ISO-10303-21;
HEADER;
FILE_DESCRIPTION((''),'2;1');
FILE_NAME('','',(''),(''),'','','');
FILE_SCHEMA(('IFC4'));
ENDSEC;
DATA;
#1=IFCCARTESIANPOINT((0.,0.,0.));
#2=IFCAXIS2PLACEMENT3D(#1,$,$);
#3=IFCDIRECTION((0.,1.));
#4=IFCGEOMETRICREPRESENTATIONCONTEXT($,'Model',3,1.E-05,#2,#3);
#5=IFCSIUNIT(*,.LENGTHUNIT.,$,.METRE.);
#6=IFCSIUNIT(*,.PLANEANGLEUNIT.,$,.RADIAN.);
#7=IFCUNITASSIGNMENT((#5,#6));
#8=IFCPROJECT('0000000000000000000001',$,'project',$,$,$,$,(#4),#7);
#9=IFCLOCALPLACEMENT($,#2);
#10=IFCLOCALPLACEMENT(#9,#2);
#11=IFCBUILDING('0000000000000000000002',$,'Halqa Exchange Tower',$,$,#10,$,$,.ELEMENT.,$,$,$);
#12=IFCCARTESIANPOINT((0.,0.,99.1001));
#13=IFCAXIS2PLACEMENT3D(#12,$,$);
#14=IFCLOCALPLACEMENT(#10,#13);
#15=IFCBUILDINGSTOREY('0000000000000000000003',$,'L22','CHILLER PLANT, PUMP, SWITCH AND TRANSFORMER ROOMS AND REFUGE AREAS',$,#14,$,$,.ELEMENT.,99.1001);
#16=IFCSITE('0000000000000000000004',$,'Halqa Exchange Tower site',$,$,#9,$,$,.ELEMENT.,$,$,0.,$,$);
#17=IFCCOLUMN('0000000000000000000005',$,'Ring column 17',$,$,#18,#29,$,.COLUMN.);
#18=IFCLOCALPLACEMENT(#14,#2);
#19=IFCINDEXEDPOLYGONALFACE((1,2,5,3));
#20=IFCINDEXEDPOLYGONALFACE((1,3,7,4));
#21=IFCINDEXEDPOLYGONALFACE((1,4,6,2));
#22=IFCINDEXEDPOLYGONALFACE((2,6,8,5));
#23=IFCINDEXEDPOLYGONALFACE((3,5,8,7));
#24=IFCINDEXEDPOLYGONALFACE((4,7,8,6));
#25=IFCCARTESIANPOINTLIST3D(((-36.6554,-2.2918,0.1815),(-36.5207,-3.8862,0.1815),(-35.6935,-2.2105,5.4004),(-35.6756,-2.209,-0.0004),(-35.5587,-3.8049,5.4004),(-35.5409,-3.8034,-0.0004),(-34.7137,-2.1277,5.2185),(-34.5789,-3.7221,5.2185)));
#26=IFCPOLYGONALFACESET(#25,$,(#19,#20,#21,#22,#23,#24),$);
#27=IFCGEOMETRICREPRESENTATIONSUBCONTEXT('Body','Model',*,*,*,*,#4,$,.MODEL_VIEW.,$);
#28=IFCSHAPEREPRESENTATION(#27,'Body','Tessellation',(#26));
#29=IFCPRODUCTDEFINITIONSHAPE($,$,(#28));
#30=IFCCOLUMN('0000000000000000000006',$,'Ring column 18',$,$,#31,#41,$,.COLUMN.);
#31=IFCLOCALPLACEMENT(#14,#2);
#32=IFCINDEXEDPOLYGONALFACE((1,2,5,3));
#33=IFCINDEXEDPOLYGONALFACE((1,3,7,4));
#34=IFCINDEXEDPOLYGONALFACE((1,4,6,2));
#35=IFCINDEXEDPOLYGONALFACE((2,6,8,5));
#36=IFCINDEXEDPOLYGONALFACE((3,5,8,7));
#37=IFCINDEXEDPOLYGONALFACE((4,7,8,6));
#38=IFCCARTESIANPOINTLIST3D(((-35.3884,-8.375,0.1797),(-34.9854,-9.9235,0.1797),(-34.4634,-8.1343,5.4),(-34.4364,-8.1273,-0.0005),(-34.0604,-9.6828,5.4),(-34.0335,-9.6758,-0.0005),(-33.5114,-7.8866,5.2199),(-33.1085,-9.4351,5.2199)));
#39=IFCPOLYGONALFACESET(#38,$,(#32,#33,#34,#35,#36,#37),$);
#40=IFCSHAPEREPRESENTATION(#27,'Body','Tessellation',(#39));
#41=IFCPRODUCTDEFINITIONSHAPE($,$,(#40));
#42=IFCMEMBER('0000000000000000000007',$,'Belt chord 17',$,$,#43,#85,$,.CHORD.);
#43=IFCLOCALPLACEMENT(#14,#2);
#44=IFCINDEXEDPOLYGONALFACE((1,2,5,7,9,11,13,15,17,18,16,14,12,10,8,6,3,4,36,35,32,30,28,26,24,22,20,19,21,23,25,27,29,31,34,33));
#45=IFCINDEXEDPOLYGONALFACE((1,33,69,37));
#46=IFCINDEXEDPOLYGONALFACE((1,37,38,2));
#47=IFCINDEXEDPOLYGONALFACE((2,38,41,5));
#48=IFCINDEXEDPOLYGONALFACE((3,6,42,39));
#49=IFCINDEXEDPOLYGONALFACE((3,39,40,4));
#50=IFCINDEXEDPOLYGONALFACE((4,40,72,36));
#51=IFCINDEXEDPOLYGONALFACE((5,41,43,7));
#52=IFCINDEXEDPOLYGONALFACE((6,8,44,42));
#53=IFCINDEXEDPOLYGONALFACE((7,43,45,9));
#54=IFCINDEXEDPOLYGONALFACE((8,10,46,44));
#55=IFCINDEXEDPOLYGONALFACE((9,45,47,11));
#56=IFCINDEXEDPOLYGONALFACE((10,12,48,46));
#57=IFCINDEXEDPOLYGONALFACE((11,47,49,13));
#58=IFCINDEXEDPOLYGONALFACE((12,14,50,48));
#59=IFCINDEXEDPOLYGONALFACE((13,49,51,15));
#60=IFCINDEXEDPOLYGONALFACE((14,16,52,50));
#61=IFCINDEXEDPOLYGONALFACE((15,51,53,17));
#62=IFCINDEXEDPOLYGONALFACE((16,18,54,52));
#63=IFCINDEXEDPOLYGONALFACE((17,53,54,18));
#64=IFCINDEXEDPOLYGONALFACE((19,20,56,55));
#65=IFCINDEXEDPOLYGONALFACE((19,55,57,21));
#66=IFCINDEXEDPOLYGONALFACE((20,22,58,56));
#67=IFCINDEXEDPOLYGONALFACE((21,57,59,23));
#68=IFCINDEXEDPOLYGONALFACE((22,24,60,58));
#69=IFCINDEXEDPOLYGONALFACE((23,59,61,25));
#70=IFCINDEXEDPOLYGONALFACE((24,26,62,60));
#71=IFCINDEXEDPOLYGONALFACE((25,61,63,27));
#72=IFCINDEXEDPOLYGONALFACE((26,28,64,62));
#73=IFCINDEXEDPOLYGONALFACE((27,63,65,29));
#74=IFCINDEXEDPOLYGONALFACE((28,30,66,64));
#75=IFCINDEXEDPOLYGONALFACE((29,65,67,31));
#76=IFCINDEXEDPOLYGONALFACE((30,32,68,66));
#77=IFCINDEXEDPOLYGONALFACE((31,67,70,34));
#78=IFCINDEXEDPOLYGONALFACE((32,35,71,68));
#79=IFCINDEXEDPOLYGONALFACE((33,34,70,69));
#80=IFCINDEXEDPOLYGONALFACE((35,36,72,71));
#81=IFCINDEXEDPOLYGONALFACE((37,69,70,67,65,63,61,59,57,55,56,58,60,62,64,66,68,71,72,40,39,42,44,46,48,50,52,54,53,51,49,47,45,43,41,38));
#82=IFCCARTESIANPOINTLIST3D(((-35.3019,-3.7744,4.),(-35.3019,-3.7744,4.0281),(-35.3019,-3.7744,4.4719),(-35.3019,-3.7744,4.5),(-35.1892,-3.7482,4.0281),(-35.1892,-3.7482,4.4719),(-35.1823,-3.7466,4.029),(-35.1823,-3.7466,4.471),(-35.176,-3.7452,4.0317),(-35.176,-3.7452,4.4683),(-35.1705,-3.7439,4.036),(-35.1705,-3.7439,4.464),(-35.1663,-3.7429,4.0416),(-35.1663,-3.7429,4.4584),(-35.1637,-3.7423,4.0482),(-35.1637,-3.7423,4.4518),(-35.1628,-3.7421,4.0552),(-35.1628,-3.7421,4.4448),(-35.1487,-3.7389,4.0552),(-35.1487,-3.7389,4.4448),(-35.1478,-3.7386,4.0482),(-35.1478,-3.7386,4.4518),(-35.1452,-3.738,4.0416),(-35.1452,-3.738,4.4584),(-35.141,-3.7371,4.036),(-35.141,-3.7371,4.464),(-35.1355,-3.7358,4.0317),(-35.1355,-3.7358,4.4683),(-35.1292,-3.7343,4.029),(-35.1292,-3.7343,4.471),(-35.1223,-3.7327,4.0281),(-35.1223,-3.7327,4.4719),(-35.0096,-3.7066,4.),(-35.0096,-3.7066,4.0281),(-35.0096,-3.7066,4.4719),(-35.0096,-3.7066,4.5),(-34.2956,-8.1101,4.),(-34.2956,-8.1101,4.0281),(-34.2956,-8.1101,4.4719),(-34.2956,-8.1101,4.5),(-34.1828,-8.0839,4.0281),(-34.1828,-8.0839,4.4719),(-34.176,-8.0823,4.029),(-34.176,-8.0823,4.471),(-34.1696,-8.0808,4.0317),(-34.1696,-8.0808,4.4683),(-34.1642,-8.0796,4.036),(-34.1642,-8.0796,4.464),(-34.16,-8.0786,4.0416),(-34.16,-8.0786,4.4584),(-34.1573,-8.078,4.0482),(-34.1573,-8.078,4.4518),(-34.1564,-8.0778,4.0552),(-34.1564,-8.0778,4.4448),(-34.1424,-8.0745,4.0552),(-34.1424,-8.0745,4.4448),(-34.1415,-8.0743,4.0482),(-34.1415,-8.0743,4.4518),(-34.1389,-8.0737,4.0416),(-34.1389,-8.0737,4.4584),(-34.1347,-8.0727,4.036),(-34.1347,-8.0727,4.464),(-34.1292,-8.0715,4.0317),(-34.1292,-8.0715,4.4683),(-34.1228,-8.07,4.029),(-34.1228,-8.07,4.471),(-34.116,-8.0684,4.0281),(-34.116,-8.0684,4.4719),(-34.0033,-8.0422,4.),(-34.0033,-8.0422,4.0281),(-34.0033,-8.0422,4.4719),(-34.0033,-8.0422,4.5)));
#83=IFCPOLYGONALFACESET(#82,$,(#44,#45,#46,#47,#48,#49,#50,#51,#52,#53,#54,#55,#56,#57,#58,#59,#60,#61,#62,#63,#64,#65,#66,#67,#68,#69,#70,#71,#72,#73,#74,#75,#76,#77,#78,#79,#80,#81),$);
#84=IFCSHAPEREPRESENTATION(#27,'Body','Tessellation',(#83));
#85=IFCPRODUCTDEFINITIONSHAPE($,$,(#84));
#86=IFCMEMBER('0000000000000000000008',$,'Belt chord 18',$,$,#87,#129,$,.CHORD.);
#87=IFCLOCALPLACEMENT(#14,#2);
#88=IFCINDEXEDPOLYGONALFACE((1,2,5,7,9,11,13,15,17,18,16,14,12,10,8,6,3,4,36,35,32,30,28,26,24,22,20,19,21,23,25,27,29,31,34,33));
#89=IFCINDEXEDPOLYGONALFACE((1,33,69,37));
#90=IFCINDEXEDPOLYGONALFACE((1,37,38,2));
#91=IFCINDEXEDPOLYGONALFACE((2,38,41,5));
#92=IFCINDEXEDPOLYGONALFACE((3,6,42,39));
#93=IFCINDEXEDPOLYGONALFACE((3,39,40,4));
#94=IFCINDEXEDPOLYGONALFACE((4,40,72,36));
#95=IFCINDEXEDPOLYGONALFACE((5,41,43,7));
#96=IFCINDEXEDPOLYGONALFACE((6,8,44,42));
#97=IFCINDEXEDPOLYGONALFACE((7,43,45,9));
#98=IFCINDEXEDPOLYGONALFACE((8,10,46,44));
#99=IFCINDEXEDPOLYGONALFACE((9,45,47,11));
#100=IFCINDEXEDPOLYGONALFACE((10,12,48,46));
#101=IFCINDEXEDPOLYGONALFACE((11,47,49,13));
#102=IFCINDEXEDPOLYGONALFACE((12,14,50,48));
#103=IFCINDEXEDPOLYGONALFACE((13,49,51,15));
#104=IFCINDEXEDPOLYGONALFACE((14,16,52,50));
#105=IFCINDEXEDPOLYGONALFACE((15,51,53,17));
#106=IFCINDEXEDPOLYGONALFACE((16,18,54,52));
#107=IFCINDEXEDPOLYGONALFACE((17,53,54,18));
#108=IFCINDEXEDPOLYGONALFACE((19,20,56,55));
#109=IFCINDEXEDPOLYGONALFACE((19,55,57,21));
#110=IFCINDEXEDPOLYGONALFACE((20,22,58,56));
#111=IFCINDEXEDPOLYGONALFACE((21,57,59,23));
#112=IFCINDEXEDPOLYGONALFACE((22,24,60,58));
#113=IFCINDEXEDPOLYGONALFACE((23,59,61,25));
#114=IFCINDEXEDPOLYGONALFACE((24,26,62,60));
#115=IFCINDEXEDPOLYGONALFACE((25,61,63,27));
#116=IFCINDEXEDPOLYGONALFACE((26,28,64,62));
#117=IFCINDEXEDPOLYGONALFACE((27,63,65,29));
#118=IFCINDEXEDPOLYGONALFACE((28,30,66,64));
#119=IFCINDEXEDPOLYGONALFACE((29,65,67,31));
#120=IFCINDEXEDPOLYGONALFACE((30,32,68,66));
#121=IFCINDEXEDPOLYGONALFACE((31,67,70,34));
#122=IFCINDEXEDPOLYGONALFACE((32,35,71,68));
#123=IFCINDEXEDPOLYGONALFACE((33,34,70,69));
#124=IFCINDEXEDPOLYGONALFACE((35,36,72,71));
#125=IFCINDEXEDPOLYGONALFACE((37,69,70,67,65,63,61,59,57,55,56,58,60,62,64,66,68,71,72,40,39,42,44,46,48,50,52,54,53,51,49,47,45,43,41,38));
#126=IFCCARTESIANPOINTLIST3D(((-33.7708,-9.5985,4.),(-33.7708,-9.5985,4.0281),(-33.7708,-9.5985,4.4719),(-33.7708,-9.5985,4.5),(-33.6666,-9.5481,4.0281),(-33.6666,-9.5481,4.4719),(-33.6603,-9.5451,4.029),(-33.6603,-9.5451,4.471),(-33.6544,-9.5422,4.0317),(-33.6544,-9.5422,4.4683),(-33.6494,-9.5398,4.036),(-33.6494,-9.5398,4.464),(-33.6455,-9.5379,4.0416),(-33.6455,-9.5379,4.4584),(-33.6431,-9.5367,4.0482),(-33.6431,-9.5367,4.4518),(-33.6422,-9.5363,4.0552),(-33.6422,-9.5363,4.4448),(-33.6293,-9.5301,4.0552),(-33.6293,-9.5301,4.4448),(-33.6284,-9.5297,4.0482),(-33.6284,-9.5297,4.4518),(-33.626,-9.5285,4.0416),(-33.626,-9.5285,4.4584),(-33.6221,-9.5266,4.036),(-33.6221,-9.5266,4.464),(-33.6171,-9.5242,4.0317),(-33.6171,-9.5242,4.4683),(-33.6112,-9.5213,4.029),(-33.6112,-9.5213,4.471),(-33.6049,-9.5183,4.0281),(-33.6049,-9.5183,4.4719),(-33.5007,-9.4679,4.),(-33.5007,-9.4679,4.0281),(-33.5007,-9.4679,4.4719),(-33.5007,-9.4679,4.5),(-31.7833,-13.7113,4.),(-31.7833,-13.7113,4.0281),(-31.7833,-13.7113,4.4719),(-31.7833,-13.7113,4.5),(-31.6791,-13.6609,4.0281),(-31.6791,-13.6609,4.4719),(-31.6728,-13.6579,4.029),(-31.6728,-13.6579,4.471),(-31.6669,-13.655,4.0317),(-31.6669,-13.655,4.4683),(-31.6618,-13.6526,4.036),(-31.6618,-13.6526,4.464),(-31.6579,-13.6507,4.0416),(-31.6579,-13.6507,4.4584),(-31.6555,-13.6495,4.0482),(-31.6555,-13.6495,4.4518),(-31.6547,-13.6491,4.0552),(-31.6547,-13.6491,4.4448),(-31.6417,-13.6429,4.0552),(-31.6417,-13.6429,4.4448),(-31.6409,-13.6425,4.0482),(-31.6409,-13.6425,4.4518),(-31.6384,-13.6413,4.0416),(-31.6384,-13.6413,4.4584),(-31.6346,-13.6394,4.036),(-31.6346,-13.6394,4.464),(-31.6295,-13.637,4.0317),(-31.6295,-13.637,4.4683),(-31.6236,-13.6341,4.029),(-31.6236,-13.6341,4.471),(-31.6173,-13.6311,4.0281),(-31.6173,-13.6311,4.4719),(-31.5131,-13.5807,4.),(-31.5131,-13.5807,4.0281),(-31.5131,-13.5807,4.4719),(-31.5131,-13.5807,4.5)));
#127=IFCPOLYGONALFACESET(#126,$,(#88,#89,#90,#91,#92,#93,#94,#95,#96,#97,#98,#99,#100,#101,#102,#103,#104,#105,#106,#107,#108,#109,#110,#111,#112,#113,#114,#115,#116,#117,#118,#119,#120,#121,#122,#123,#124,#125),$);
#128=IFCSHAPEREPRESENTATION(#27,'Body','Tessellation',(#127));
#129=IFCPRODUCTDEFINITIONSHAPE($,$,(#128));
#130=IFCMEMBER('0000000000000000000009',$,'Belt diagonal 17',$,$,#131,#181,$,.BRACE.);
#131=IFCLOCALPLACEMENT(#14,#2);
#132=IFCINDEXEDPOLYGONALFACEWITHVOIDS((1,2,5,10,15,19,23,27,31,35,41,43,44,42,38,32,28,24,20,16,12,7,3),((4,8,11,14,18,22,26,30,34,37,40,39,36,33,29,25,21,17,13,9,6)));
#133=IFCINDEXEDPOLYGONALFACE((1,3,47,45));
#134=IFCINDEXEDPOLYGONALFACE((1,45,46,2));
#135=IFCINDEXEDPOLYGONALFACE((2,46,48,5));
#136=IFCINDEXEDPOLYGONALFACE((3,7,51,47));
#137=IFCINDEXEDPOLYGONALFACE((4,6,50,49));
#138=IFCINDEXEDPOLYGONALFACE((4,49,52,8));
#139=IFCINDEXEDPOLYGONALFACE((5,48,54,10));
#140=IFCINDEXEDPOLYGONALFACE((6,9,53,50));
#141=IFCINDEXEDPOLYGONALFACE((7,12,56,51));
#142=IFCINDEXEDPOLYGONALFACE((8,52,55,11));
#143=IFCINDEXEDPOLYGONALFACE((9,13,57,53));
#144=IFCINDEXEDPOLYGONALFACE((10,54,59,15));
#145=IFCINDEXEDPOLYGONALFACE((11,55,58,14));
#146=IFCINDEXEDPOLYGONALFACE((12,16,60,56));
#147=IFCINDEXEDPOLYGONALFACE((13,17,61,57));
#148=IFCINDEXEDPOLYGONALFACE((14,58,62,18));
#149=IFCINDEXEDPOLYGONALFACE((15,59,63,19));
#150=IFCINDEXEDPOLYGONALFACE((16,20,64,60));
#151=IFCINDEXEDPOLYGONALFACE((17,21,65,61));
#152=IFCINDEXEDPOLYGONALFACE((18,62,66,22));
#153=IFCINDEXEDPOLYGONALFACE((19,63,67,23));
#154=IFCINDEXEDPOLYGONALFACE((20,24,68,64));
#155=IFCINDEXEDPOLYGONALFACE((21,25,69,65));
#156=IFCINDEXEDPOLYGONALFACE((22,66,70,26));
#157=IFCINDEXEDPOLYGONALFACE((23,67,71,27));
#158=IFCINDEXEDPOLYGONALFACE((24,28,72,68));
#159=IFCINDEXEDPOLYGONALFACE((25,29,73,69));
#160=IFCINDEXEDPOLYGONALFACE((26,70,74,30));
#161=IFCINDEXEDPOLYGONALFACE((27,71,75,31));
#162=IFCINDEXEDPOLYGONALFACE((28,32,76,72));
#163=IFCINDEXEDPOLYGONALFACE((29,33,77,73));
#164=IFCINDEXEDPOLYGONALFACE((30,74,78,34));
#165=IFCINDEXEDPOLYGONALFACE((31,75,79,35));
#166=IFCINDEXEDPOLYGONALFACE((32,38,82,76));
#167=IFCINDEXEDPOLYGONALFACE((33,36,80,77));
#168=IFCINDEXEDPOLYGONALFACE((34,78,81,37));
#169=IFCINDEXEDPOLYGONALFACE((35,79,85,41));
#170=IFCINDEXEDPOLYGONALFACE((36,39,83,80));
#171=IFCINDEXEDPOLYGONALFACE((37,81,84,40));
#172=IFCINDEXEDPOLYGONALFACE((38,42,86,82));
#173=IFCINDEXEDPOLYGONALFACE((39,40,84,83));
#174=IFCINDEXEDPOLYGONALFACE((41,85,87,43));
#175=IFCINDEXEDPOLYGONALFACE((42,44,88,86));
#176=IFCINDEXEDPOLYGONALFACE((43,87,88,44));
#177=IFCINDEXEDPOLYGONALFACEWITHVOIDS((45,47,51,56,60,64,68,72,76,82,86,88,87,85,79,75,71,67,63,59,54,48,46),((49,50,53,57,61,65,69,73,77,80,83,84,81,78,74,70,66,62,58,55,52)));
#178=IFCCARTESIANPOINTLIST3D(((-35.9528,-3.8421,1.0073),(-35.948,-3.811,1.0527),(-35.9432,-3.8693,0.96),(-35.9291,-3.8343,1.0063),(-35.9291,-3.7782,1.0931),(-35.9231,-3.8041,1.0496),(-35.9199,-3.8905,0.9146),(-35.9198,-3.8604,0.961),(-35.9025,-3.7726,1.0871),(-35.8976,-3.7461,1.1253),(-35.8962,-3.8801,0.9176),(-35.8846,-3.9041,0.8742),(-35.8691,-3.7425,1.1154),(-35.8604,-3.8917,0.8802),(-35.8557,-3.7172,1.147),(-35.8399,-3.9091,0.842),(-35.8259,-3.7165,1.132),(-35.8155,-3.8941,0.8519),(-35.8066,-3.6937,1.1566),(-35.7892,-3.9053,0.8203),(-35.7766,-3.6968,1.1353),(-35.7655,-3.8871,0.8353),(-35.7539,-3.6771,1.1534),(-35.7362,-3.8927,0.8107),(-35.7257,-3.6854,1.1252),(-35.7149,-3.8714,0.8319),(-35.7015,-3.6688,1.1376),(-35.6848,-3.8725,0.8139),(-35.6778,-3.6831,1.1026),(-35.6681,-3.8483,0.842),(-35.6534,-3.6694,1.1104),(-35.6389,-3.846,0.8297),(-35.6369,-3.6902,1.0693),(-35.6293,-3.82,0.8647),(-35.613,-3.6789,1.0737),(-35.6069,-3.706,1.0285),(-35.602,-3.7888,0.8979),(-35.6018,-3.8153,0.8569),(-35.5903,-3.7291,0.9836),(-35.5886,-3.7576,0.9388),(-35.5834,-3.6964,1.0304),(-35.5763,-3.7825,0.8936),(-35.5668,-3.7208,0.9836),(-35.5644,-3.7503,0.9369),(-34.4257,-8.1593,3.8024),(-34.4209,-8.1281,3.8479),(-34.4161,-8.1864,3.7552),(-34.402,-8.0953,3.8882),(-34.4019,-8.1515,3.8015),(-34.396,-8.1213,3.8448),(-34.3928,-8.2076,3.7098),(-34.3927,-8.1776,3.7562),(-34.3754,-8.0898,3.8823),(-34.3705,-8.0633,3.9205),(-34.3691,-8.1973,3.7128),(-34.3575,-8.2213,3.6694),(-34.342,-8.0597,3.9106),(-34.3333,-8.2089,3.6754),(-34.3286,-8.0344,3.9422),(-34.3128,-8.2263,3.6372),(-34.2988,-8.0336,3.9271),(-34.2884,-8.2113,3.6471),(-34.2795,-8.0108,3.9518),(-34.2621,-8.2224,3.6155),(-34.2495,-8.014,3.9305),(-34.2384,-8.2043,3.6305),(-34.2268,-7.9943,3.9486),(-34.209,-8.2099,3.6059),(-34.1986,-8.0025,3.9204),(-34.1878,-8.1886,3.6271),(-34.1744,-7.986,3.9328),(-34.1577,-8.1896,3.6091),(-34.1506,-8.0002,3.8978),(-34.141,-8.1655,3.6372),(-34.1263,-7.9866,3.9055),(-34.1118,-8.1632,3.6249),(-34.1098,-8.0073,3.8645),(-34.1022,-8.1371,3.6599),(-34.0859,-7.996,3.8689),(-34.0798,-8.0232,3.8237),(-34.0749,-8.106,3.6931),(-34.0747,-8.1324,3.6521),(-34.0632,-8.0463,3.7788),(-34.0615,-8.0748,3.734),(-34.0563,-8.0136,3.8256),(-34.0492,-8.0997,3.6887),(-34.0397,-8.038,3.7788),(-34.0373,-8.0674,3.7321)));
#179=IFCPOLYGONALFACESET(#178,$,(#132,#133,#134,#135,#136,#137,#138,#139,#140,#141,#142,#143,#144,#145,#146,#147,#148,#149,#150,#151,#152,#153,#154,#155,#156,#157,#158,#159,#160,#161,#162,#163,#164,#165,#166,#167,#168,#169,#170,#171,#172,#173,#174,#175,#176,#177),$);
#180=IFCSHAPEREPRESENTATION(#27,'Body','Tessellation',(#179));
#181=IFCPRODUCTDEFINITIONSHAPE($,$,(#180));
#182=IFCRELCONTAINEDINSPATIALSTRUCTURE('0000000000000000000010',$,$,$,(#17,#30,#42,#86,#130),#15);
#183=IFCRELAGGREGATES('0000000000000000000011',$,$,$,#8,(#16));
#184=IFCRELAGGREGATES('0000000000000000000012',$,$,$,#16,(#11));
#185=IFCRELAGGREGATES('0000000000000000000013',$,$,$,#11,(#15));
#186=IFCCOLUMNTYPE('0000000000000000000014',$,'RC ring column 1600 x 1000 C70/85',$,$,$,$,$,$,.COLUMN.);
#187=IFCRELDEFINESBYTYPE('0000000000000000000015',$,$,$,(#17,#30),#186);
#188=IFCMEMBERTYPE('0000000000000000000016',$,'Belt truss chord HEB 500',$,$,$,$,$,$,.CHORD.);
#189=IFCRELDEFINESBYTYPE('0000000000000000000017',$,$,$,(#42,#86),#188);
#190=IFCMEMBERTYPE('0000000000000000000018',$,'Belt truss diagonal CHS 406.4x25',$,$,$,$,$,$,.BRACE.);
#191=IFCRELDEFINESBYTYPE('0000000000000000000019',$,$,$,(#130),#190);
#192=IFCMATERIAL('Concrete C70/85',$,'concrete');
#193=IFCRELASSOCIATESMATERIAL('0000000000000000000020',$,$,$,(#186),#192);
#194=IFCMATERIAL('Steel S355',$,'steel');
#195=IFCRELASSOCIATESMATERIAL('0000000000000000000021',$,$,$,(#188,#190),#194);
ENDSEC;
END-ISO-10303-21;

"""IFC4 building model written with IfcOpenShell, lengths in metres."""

from ifc_helpers import new_model, si_unit, direction, frame, origin, origin_2d, place, context, subcontext, project, spatial, rectangle, hollow_circle, i_section, extrude, material, material_profile, profile_set, type_object, element, save


model = new_model("IFC4")

# Units and contexts
model_context = context("Model", 3, precision=1e-05, world=origin(), true_north=direction((0.0, 1.0)))
body_context = subcontext(model_context, "Body", "Model", "MODEL_VIEW")
ifc_project = project(units=[si_unit("LENGTHUNIT", "METRE"), si_unit("PLANEANGLEUNIT", "RADIAN")], contexts=[model_context])

# Site, building, storey
site_placement = place(None, origin())
site = spatial("IfcSite", under=ifc_project, at=site_placement, Name="Halqa Exchange Tower site", CompositionType="ELEMENT", RefElevation=0.0)
building_placement = place(site_placement, origin())
building = spatial("IfcBuilding", under=site, at=building_placement, Name="Halqa Exchange Tower", CompositionType="ELEMENT")
storey_placement = place(building_placement, frame((0.0, 0.0, 99.1001)))
storey = spatial("IfcBuildingStorey", under=building, at=storey_placement, Name="L22", Description="CHILLER PLANT, PUMP, SWITCH AND TRANSFORMER ROOMS AND REFUGE AREAS", CompositionType="ELEMENT", Elevation=99.1001)

# Columns
ifc_material_1 = material(Name="Concrete C70/85", Category="concrete")
ifc_material_profile_1 = material_profile(ifc_material_1, rectangle(XDim=1.6001, YDim=1.0, at=origin_2d()), Name="1600 x 1000")
ifc_profile_set_1 = profile_set([ifc_material_profile_1], Name="Concrete C70/85")
column_type = type_object("IfcColumnType", Name="RC ring column 1600 x 1000 C70/85", PredefinedType="COLUMN", material=ifc_profile_set_1)
column_1_placement = place(storey_placement, frame((-36.0981, -3.0476, 0.0906), z_axis=(0.181244, 0.015318, 0.983319), x_axis=(-0.084218, 0.996447, 0.0)))
element("IfcColumn", 1, at=column_1_placement, inside=storey, type_object=column_type, Name="Ring column 17", PredefinedType="COLUMN", context=body_context, shape_type="SweptSolid", body=[
    extrude(rectangle(XDim=1.6001, YDim=1.0, at=origin_2d()), origin(), (0.0, 0.0, 1.0), 5.3074),
])
column_2_placement = place(storey_placement, frame((-34.7109, -9.0254, 0.0896), z_axis=(0.174299, 0.045357, 0.983648), x_axis=(-0.25184, 0.967769, 0.0)))
element("IfcColumn", 2, at=column_2_placement, inside=storey, type_object=column_type, Name="Ring column 18", PredefinedType="COLUMN", context=body_context, shape_type="SweptSolid", body=[
    extrude(rectangle(XDim=1.6001, YDim=1.0, at=origin_2d()), origin(), (0.0, 0.0, 1.0), 5.3071),
])

# Members
ifc_material_2 = material(Name="Steel S355", Category="steel")
ifc_material_profile_2 = material_profile(ifc_material_2, i_section(OverallWidth=0.3, OverallDepth=0.5, WebThickness=0.0144, FlangeThickness=0.0281, FilletRadius=0.0271, at=origin_2d()), Name="HEB 500")
ifc_profile_set_2 = profile_set([ifc_material_profile_2], Name="Steel S355")
member_type_1 = type_object("IfcMemberType", Name="Belt truss chord HEB 500", PredefinedType="CHORD", material=ifc_profile_set_2)
member_1_placement = place(storey_placement, frame((-35.1558, -3.7405, 4.25), z_axis=(0.226097, -0.974105, 0.0), x_axis=(0.974105, 0.226097, 0.0)))
element("IfcMember", 3, at=member_1_placement, inside=storey, type_object=member_type_1, Name="Belt chord 17", PredefinedType="CHORD", context=body_context, shape_type="SweptSolid", body=[
    extrude(i_section(OverallWidth=0.3, OverallDepth=0.5, WebThickness=0.0144, FlangeThickness=0.0281, FilletRadius=0.0271, at=origin_2d()), origin(), (0.0, 0.0, 1.0), 4.4509),
])
member_2_placement = place(storey_placement, frame((-33.6357, -9.5332, 4.25), z_axis=(0.435115, -0.900375, 0.0), x_axis=(0.900375, 0.435115, 0.0)))
element("IfcMember", 4, at=member_2_placement, inside=storey, type_object=member_type_1, Name="Belt chord 18", PredefinedType="CHORD", context=body_context, shape_type="SweptSolid", body=[
    extrude(i_section(OverallWidth=0.3, OverallDepth=0.5, WebThickness=0.0144, FlangeThickness=0.0281, FilletRadius=0.0271, at=origin_2d()), origin(), (0.0, 0.0, 1.0), 4.5679),
])
ifc_material_profile_3 = material_profile(ifc_material_2, hollow_circle(Radius=0.2031, WallThickness=0.0249, at=origin_2d()), Name="CHS 406.4x25")
ifc_profile_set_3 = profile_set([ifc_material_profile_3], Name="Steel S355")
member_type_2 = type_object("IfcMemberType", Name="Belt truss diagonal CHS 406.4x25", PredefinedType="BRACE", material=ifc_profile_set_3)
member_3_placement = place(storey_placement, frame((-35.7583, -3.7886, 0.9836), z_axis=(0.284644, -0.804693, 0.521005), x_axis=(0.942757, 0.333481, 0.0)))
element("IfcMember", 5, at=member_3_placement, inside=storey, type_object=member_type_2, Name="Belt diagonal 17", PredefinedType="BRACE", context=body_context, shape_type="SweptSolid", body=[
    extrude(hollow_circle(Radius=0.2031, WallThickness=0.0249, at=origin_2d()), origin(), (0.0, 0.0, 1.0), 5.365),
])

save(model, "model.ifc")
